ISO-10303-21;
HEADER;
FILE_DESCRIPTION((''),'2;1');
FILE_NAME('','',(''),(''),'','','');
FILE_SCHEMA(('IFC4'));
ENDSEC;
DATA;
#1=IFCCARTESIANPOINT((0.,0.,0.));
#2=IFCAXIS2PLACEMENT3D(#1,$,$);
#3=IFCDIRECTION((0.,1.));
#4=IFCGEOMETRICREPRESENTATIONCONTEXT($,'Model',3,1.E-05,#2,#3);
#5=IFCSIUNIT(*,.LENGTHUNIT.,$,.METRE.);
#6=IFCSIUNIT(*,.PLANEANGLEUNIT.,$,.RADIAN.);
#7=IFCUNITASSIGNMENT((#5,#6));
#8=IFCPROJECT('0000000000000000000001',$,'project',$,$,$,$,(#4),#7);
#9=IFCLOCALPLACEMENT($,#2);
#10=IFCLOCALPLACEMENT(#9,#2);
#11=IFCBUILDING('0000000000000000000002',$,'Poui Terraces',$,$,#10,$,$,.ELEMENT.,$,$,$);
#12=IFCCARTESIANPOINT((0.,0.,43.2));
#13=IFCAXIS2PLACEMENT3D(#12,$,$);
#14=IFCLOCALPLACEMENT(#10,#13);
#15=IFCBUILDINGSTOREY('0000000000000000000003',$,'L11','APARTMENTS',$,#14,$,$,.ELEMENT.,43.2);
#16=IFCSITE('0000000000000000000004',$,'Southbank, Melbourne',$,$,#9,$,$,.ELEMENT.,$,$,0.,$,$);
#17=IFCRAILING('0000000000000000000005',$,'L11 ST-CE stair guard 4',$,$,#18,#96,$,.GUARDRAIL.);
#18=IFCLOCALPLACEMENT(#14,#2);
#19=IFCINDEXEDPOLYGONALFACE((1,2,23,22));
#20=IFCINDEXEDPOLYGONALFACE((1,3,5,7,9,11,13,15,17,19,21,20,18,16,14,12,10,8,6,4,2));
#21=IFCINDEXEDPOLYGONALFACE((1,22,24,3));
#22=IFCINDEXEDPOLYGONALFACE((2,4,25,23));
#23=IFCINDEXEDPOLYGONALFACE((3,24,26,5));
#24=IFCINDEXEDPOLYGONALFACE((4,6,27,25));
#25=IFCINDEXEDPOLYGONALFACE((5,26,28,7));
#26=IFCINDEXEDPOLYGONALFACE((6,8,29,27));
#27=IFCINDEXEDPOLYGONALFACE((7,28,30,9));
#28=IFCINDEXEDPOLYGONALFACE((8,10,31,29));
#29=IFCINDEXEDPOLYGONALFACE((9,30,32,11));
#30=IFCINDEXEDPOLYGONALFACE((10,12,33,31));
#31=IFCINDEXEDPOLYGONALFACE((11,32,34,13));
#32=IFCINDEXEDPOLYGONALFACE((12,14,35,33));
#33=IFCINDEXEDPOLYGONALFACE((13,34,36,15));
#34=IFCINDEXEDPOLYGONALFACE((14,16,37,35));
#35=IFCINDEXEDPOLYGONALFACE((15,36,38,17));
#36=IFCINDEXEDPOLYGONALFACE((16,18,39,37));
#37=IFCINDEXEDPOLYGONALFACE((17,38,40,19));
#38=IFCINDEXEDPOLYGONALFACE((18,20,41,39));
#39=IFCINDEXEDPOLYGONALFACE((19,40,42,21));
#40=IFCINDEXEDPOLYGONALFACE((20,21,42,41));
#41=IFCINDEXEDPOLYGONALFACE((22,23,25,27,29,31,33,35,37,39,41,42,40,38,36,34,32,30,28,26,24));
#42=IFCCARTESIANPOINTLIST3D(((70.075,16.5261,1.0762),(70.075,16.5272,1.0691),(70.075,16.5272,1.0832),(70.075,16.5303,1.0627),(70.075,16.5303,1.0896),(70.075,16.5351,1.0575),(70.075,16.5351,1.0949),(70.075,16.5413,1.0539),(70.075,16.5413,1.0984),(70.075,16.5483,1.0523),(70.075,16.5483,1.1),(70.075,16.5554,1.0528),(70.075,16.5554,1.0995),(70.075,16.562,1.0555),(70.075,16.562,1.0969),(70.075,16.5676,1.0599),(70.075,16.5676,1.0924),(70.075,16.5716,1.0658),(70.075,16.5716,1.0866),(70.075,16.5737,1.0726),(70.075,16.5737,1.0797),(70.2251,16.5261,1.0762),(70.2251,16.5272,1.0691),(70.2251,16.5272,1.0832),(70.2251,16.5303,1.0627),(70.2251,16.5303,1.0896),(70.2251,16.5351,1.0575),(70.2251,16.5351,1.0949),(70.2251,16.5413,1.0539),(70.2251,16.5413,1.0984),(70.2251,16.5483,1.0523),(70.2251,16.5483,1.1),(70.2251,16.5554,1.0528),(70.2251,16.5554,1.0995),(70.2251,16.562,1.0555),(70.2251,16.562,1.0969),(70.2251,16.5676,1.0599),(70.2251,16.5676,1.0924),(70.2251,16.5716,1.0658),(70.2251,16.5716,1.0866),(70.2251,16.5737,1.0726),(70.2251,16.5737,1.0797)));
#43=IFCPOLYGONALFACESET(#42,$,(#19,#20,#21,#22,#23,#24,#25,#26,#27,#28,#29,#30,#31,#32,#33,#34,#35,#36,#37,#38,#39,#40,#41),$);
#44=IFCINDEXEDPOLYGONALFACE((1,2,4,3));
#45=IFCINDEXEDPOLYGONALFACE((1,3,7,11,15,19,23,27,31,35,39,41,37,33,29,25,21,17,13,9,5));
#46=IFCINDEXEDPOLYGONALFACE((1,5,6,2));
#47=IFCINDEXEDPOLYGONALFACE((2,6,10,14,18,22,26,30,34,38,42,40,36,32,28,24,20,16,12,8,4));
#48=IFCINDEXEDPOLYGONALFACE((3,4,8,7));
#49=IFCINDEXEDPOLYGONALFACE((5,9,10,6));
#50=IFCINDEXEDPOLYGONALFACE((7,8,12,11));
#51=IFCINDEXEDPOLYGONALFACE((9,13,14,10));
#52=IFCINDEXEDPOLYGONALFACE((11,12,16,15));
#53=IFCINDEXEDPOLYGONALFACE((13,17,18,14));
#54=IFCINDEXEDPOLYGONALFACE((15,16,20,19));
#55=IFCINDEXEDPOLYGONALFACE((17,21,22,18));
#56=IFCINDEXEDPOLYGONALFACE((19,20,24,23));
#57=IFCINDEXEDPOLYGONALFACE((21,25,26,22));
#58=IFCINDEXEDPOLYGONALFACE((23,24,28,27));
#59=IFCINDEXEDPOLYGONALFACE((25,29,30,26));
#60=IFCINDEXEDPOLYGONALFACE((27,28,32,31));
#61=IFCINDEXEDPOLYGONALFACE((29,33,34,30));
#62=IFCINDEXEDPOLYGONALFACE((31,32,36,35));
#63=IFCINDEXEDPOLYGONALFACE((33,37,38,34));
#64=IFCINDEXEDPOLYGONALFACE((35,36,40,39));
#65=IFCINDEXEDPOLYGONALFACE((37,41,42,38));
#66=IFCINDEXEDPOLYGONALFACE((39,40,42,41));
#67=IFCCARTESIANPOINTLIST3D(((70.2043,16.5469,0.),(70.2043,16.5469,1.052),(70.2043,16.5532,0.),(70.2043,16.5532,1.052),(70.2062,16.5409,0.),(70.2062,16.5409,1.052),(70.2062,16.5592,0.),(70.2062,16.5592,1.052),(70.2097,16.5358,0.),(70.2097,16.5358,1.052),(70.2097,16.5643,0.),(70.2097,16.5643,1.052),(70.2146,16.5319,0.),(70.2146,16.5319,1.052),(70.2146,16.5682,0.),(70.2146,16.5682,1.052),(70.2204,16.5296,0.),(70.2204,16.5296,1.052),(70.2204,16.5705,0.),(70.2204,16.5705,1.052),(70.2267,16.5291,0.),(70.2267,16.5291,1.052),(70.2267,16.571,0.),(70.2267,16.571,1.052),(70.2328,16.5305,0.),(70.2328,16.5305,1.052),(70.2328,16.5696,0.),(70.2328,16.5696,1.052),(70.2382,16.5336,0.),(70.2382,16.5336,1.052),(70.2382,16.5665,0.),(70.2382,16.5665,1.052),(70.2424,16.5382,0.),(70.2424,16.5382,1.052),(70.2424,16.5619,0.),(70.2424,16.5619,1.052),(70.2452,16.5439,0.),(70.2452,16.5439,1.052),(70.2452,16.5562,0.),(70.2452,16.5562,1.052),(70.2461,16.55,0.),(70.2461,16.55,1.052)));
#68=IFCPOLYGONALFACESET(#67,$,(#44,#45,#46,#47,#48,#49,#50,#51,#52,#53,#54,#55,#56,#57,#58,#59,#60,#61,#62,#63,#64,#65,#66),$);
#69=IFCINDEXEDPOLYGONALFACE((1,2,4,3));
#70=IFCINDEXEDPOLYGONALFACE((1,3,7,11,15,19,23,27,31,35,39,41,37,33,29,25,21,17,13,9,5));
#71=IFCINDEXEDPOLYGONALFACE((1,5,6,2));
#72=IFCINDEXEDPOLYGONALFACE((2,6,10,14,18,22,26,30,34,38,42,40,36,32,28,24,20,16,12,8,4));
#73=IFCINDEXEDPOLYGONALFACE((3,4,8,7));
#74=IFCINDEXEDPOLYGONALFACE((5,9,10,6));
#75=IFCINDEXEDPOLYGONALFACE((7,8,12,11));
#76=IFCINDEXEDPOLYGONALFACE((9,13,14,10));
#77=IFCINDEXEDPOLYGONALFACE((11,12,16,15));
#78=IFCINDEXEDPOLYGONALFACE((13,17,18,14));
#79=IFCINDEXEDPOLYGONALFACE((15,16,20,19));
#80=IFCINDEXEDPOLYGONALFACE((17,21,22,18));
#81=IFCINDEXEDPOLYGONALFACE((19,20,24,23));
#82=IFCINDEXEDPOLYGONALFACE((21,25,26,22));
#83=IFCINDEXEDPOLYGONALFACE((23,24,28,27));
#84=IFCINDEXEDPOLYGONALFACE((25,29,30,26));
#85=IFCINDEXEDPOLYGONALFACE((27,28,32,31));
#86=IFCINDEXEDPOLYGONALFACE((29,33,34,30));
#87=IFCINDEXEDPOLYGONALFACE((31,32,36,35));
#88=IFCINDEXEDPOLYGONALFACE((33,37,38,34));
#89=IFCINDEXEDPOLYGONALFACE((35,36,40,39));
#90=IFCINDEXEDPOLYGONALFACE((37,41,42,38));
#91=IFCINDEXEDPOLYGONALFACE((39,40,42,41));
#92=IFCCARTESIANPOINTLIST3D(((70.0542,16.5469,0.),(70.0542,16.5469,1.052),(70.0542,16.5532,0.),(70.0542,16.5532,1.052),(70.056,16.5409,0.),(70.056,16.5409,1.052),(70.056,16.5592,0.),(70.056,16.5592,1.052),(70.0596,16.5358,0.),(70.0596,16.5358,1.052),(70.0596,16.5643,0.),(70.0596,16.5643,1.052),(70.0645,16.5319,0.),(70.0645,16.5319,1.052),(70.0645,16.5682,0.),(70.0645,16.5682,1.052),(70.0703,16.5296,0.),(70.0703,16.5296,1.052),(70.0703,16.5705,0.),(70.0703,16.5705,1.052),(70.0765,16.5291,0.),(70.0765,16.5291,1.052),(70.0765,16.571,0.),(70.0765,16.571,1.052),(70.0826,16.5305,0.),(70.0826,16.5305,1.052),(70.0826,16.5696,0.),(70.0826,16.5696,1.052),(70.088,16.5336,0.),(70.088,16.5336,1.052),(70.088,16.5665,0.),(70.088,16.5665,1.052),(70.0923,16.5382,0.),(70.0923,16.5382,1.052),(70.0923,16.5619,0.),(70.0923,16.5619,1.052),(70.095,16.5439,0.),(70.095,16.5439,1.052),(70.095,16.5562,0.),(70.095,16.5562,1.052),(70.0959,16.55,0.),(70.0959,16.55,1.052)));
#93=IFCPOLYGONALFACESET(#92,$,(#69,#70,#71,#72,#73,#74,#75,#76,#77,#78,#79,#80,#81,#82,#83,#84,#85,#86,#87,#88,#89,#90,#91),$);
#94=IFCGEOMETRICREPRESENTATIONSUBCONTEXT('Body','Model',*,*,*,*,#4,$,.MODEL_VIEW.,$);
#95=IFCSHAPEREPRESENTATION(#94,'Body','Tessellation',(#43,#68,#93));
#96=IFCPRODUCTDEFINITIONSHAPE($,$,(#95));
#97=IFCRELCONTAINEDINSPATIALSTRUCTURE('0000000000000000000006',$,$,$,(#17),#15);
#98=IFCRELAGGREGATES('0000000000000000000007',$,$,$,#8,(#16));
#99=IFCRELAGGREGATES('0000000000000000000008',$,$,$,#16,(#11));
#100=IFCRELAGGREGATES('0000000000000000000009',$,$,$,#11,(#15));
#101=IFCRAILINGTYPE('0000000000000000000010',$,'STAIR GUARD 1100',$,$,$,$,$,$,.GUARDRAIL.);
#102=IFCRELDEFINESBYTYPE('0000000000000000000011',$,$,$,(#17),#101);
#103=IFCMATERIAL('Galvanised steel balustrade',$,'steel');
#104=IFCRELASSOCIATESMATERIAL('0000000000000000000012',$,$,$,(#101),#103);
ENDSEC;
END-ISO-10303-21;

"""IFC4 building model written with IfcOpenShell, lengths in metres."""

from ifc_helpers import new_model, si_unit, direction, frame, origin, origin_2d, place, context, subcontext, project, spatial, circle, extrude, material, type_object, element, save


model = new_model("IFC4")

# Units and contexts
model_context = context("Model", 3, precision=1e-05, world=origin(), true_north=direction((0.0, 1.0)))
body_context = subcontext(model_context, "Body", "Model", "MODEL_VIEW")
ifc_project = project(units=[si_unit("LENGTHUNIT", "METRE"), si_unit("PLANEANGLEUNIT", "RADIAN")], contexts=[model_context])

# Site, building, storey
site_placement = place(None, origin())
site = spatial("IfcSite", under=ifc_project, at=site_placement, Name="Southbank, Melbourne", CompositionType="ELEMENT", RefElevation=0.0)
building_placement = place(site_placement, origin())
building = spatial("IfcBuilding", under=site, at=building_placement, Name="Poui Terraces", CompositionType="ELEMENT")
storey_placement = place(building_placement, frame((0.0, 0.0, 43.2)))
storey = spatial("IfcBuildingStorey", under=building, at=storey_placement, Name="L11", Description="APARTMENTS", CompositionType="ELEMENT", Elevation=43.2)

# Railing
ifc_material_1 = material(Name="Galvanised steel balustrade", Category="steel")
railing_type = type_object("IfcRailingType", Name="STAIR GUARD 1100", PredefinedType="GUARDRAIL", material=ifc_material_1)
railing_1_placement = place(storey_placement, frame((70.2251, 16.55, 0.0)))
element("IfcRailing", 1, at=railing_1_placement, inside=storey, type_object=railing_type, Name="L11 ST-CE stair guard 4", PredefinedType="GUARDRAIL", context=body_context, shape_type="SweptSolid", body=[
    extrude(circle(Radius=0.0239, at=origin_2d()), frame((0.0, 0.0, 1.0762), z_axis=(-1.0, 0.0, 0.0), x_axis=(0.0, -1.0, 0.0)), (0.0, 0.0, 1.0), 0.1501),
    extrude(circle(Radius=0.021, at=origin_2d()), origin(), (0.0, 0.0, 1.0), 1.052),
    extrude(circle(Radius=0.021, at=origin_2d()), frame((-0.1501, 0.0, 0.0)), (0.0, 0.0, 1.0), 1.052),
])

save(model, "model.ifc")
